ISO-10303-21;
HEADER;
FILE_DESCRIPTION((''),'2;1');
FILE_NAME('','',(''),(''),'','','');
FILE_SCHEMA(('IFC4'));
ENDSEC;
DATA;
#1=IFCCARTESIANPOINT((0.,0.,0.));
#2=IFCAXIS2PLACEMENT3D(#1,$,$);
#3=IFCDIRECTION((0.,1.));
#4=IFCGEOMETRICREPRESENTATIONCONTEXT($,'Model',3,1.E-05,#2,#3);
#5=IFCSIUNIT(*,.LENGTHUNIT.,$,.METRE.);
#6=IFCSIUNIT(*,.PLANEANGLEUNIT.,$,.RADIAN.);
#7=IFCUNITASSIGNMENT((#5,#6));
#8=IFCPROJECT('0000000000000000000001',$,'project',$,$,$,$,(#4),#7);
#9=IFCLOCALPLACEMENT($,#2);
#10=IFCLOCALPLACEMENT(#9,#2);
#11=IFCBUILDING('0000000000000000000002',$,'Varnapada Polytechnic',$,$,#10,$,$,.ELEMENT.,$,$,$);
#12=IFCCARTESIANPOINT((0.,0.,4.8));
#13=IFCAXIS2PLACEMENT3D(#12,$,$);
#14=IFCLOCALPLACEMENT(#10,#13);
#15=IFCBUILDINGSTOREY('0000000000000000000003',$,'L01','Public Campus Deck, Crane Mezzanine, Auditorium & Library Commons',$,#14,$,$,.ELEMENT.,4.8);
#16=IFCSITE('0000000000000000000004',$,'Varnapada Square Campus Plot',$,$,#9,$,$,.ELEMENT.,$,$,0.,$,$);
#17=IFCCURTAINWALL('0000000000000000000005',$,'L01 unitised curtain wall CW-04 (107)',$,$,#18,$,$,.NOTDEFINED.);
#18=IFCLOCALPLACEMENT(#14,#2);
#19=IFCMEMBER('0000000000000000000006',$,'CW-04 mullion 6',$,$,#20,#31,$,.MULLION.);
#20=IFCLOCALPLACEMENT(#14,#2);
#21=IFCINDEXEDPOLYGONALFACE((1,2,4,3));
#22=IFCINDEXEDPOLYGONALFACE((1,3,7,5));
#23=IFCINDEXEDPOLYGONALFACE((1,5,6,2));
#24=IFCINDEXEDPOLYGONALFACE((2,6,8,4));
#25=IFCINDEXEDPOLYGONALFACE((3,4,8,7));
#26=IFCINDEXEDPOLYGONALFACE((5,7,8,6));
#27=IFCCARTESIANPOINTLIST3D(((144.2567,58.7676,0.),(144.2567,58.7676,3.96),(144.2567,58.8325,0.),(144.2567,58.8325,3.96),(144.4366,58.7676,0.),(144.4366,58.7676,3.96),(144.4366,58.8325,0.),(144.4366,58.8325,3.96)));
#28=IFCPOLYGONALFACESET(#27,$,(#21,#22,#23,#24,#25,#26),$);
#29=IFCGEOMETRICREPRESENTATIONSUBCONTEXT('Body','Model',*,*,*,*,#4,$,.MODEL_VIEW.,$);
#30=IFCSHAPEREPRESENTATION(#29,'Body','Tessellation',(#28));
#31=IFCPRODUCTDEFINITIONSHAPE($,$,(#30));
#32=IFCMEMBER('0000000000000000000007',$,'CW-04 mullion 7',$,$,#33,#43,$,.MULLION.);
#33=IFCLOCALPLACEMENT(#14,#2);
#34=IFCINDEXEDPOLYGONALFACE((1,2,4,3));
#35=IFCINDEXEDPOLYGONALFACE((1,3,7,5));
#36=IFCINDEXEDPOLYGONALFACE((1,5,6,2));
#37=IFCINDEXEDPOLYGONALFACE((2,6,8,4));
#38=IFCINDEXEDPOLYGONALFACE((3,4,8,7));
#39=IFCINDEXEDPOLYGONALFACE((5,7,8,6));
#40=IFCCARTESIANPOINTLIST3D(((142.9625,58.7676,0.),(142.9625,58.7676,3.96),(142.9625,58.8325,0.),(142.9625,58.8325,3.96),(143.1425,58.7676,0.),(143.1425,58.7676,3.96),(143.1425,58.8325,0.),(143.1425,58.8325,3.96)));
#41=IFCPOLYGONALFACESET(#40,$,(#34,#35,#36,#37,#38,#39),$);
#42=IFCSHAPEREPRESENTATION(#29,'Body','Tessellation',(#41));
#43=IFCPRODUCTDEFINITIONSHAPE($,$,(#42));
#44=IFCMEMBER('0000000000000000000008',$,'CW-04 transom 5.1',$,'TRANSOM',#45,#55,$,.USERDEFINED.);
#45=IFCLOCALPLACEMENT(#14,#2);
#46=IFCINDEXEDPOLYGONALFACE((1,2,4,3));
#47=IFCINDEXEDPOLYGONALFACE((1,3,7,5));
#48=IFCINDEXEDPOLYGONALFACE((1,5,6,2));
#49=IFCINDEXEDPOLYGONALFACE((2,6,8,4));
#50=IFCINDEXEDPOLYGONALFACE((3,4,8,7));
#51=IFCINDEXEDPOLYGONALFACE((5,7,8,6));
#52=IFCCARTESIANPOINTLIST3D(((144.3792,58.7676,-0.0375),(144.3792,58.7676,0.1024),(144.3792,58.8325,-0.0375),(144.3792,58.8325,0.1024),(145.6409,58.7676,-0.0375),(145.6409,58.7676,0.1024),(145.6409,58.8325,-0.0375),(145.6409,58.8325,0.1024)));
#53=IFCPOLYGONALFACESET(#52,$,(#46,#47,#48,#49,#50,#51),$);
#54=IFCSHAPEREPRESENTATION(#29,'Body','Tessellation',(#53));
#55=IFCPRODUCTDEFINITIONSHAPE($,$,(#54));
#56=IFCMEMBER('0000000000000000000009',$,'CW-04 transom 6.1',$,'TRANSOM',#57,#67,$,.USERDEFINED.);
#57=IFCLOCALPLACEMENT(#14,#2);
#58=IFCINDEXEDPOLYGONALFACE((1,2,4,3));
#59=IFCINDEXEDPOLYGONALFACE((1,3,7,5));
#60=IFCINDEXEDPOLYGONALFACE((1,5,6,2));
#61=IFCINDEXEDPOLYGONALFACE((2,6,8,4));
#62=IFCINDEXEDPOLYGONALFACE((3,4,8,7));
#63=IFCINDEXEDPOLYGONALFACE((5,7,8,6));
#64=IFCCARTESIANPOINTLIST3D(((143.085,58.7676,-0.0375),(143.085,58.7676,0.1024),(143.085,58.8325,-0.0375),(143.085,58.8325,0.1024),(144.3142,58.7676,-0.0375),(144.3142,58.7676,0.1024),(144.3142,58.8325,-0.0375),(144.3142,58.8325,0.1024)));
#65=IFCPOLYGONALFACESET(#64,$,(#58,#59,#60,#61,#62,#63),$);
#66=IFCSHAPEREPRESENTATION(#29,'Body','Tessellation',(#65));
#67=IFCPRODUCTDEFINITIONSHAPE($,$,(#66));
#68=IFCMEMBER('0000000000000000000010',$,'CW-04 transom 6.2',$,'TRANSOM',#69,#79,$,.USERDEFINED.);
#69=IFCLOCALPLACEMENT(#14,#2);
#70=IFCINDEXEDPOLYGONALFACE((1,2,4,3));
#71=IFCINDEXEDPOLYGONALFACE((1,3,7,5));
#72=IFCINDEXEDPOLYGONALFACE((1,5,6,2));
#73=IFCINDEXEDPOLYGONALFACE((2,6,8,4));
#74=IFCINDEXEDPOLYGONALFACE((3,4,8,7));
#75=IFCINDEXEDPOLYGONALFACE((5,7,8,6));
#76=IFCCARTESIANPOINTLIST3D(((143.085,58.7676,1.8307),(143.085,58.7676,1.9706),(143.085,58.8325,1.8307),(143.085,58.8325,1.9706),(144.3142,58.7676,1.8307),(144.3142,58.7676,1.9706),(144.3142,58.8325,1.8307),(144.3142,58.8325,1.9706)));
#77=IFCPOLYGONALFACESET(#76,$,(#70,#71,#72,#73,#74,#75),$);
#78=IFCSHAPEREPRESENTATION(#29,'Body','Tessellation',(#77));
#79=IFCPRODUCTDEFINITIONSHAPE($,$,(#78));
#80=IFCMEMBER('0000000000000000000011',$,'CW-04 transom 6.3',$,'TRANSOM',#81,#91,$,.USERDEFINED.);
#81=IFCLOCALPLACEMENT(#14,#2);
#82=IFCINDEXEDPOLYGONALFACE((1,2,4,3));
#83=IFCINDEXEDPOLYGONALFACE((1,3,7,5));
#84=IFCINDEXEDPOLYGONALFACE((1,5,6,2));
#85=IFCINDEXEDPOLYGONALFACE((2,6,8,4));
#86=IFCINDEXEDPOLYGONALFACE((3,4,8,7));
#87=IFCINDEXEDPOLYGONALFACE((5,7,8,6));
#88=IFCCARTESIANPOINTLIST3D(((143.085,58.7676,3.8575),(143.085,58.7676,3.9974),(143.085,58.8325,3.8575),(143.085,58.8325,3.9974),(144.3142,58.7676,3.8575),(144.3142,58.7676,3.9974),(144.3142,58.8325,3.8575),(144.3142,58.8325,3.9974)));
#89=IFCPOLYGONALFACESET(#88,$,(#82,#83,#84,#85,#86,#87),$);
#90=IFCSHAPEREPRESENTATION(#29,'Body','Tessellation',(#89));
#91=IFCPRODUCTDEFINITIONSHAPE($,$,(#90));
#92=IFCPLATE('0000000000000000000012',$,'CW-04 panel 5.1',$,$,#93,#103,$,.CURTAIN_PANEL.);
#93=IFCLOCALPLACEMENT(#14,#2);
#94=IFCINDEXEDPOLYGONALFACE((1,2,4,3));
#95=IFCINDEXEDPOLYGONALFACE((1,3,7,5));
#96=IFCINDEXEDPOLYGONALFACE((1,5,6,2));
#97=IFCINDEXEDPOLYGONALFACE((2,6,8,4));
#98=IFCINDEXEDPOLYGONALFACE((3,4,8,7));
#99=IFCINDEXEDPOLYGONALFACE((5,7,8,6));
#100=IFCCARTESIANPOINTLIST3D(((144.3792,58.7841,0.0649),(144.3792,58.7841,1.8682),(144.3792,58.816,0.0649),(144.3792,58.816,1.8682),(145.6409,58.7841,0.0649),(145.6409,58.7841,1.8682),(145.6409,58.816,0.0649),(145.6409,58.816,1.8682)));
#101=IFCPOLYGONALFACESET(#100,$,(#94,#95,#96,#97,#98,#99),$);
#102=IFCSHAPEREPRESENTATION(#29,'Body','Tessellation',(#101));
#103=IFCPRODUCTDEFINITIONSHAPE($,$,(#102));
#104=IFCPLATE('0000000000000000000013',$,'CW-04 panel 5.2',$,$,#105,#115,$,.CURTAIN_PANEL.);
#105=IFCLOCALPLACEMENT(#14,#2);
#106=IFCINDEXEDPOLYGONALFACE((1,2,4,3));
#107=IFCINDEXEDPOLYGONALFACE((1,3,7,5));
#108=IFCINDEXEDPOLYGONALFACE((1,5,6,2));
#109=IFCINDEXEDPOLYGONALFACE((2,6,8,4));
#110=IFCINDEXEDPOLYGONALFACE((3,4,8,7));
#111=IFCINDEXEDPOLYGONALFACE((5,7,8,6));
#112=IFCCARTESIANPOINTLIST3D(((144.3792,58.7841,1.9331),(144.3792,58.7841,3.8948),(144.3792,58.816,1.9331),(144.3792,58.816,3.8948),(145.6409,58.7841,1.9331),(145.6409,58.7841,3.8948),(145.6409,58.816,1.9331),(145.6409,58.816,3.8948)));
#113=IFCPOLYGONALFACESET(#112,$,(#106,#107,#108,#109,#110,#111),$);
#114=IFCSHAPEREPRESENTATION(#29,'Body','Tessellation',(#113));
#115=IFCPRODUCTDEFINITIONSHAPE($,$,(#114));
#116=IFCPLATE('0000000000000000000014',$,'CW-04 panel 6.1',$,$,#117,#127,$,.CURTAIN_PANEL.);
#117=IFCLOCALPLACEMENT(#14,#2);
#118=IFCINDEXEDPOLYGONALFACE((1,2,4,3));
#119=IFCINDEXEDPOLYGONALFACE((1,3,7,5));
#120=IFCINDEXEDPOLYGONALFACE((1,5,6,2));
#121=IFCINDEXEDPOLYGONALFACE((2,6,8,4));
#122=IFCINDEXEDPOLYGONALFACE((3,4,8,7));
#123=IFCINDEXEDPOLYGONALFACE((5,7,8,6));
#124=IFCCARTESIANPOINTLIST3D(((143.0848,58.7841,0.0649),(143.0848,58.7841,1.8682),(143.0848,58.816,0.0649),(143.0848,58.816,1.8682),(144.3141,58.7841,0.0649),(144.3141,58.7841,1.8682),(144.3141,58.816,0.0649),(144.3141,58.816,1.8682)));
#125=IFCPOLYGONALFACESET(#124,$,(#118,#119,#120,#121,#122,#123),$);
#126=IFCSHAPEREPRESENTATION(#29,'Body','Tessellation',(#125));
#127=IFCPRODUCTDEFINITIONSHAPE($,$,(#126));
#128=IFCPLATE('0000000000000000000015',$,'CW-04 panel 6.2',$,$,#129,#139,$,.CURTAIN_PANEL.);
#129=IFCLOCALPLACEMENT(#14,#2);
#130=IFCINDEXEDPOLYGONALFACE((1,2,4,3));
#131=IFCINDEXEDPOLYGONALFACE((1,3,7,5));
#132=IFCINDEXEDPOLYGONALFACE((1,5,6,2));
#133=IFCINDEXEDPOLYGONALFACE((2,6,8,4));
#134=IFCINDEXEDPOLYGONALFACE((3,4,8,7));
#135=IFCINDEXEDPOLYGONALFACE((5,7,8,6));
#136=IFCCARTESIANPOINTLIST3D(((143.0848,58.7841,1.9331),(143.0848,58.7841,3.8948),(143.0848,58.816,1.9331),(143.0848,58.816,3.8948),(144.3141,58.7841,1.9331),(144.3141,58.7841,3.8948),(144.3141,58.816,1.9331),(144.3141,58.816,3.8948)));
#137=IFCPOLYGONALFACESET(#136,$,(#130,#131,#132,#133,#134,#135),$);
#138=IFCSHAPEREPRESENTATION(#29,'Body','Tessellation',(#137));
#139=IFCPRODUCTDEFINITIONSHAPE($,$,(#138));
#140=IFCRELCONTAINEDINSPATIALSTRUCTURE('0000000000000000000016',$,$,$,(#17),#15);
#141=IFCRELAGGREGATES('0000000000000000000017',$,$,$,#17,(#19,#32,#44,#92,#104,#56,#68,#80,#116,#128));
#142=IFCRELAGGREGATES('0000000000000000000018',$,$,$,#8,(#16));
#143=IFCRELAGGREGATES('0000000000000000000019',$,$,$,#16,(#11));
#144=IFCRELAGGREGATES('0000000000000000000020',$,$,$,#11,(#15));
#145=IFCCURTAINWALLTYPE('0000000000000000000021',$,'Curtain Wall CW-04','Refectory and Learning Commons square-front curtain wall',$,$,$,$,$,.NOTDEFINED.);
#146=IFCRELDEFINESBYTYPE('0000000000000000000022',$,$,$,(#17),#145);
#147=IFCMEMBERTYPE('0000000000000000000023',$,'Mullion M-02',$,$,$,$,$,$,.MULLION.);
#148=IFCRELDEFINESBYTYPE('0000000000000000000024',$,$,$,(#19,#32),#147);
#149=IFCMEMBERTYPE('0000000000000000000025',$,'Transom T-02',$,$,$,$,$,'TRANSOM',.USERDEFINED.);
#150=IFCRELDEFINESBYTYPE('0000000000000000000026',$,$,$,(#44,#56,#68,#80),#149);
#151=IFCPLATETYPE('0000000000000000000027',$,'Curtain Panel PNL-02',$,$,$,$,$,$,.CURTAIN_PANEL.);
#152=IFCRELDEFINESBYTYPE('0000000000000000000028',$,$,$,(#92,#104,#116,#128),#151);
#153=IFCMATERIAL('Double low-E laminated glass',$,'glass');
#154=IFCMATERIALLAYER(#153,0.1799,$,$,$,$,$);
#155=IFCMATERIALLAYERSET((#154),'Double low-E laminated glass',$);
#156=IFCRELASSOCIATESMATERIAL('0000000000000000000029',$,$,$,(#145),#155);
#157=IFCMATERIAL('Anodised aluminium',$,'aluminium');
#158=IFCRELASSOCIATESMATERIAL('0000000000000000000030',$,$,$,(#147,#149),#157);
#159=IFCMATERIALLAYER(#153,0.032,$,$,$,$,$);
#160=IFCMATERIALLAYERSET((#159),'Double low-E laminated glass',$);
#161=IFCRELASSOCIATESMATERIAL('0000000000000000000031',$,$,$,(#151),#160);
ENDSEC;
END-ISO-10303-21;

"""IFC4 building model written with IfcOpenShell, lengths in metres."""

from ifc_helpers import new_model, si_unit, direction, frame, origin, origin_2d, place, context, subcontext, project, spatial, rectangle, extrude, material, layer, layer_set, material_profile, profile_set, type_object, element, aggregate, save


model = new_model("IFC4")

# Units and contexts
model_context = context("Model", 3, precision=1e-05, world=origin(), true_north=direction((0.0, 1.0)))
body_context = subcontext(model_context, "Body", "Model", "MODEL_VIEW")
ifc_project = project(units=[si_unit("LENGTHUNIT", "METRE"), si_unit("PLANEANGLEUNIT", "RADIAN")], contexts=[model_context])

# Site, building, storey
site_placement = place(None, origin())
site = spatial("IfcSite", under=ifc_project, at=site_placement, Name="Varnapada Square Campus Plot", CompositionType="ELEMENT", RefElevation=0.0)
building_placement = place(site_placement, origin())
building = spatial("IfcBuilding", under=site, at=building_placement, Name="Varnapada Polytechnic", CompositionType="ELEMENT")
storey_placement = place(building_placement, frame((0.0, 0.0, 4.8)))
storey = spatial("IfcBuildingStorey", under=building, at=storey_placement, Name="L01", Description="Public Campus Deck, Crane Mezzanine, Auditorium & Library Commons", CompositionType="ELEMENT", Elevation=4.8)

# Curtain wall, members, plates
ifc_material_1 = material(Name="Double low-E laminated glass", Category="glass")
ifc_layer_1 = layer(ifc_material_1, 0.1799)
ifc_layer_set_1 = layer_set([ifc_layer_1], Name="Double low-E laminated glass")
curtain_wall_type = type_object("IfcCurtainWallType", Name="Curtain Wall CW-04", Description="Refectory and Learning Commons square-front curtain wall", PredefinedType="NOTDEFINED", material=ifc_layer_set_1)
curtain_wall_placement = place(storey_placement, origin())
curtain_wall = element("IfcCurtainWall", 1, at=curtain_wall_placement, inside=storey, type_object=curtain_wall_type, Name="L01 unitised curtain wall CW-04 (107)", PredefinedType="NOTDEFINED")
ifc_material_2 = material(Name="Anodised aluminium", Category="aluminium")
ifc_material_profile_1 = material_profile(ifc_material_2, rectangle(XDim=0.0649, YDim=0.1799, at=origin_2d()), Name="ALU M65x180")
ifc_profile_set_1 = profile_set([ifc_material_profile_1], Name="Anodised aluminium")
member_type_1 = type_object("IfcMemberType", Name="Mullion M-02", PredefinedType="MULLION", material=ifc_profile_set_1)
member_1_placement = place(storey_placement, frame((144.3467, 58.8, 0.0), z_axis=(0.0, 0.0, 1.0), x_axis=(0.0, -1.0, 0.0)))
member_1 = element("IfcMember", 2, at=member_1_placement, type_object=member_type_1, Name="CW-04 mullion 6", PredefinedType="MULLION", context=body_context, shape_type="SweptSolid", body=[
    extrude(rectangle(XDim=0.0649, YDim=0.1799, at=origin_2d()), origin(), (0.0, 0.0, 1.0), 3.96),
])
member_2_placement = place(storey_placement, frame((143.0525, 58.8, 0.0), z_axis=(0.0, 0.0, 1.0), x_axis=(0.0, -1.0, 0.0)))
member_2 = element("IfcMember", 3, at=member_2_placement, type_object=member_type_1, Name="CW-04 mullion 7", PredefinedType="MULLION", context=body_context, shape_type="SweptSolid", body=[
    extrude(rectangle(XDim=0.0649, YDim=0.1799, at=origin_2d()), origin(), (0.0, 0.0, 1.0), 3.96),
])
ifc_material_profile_2 = material_profile(ifc_material_2, rectangle(XDim=0.0649, YDim=0.1399, at=origin_2d()), Name="ALU T65x140")
ifc_profile_set_2 = profile_set([ifc_material_profile_2], Name="Anodised aluminium")
member_type_2 = type_object("IfcMemberType", Name="Transom T-02", ElementType="TRANSOM", PredefinedType="USERDEFINED", material=ifc_profile_set_2)
member_3_placement = place(storey_placement, frame((145.6409, 58.8, 0.0325), z_axis=(-1.0, 0.0, 0.0), x_axis=(0.0, -1.0, 0.0)))
member_3 = element("IfcMember", 4, at=member_3_placement, type_object=member_type_2, Name="CW-04 transom 5.1", ObjectType="TRANSOM", PredefinedType="USERDEFINED", context=body_context, shape_type="SweptSolid", body=[
    extrude(rectangle(XDim=0.0649, YDim=0.1399, at=origin_2d()), origin(), (0.0, 0.0, 1.0), 1.2617),
])
member_4_placement = place(storey_placement, frame((144.3142, 58.8, 0.0325), z_axis=(-1.0, 0.0, 0.0), x_axis=(0.0, -1.0, 0.0)))
member_4 = element("IfcMember", 5, at=member_4_placement, type_object=member_type_2, Name="CW-04 transom 6.1", ObjectType="TRANSOM", PredefinedType="USERDEFINED", context=body_context, shape_type="SweptSolid", body=[
    extrude(rectangle(XDim=0.0649, YDim=0.1399, at=origin_2d()), origin(), (0.0, 0.0, 1.0), 1.2292),
])
member_5_placement = place(storey_placement, frame((144.3142, 58.8, 1.9006), z_axis=(-1.0, 0.0, 0.0), x_axis=(0.0, -1.0, 0.0)))
member_5 = element("IfcMember", 6, at=member_5_placement, type_object=member_type_2, Name="CW-04 transom 6.2", ObjectType="TRANSOM", PredefinedType="USERDEFINED", context=body_context, shape_type="SweptSolid", body=[
    extrude(rectangle(XDim=0.0649, YDim=0.1399, at=origin_2d()), origin(), (0.0, 0.0, 1.0), 1.2292),
])
member_6_placement = place(storey_placement, frame((144.3142, 58.8, 3.9275), z_axis=(-1.0, 0.0, 0.0), x_axis=(0.0, -1.0, 0.0)))
member_6 = element("IfcMember", 7, at=member_6_placement, type_object=member_type_2, Name="CW-04 transom 6.3", ObjectType="TRANSOM", PredefinedType="USERDEFINED", context=body_context, shape_type="SweptSolid", body=[
    extrude(rectangle(XDim=0.0649, YDim=0.1399, at=origin_2d()), origin(), (0.0, 0.0, 1.0), 1.2292),
])
ifc_layer_2 = layer(ifc_material_1, 0.032)
ifc_layer_set_2 = layer_set([ifc_layer_2], Name="Double low-E laminated glass")
plate_type = type_object("IfcPlateType", Name="Curtain Panel PNL-02", PredefinedType="CURTAIN_PANEL", material=ifc_layer_set_2)
plate_1_placement = place(storey_placement, frame((145.01, 58.8, 0.0649), z_axis=(0.0, 0.0, 1.0), x_axis=(-1.0, 0.0, 0.0)))
plate_1 = element("IfcPlate", 8, at=plate_1_placement, type_object=plate_type, Name="CW-04 panel 5.1", PredefinedType="CURTAIN_PANEL", context=body_context, shape_type="SweptSolid", body=[
    extrude(rectangle(XDim=1.2617, YDim=0.032, at=origin_2d()), origin(), (0.0, 0.0, 1.0), 1.8032),
])
plate_2_placement = place(storey_placement, frame((145.01, 58.8, 1.9331), z_axis=(0.0, 0.0, 1.0), x_axis=(-1.0, 0.0, 0.0)))
plate_2 = element("IfcPlate", 9, at=plate_2_placement, type_object=plate_type, Name="CW-04 panel 5.2", PredefinedType="CURTAIN_PANEL", context=body_context, shape_type="SweptSolid", body=[
    extrude(rectangle(XDim=1.2617, YDim=0.032, at=origin_2d()), origin(), (0.0, 0.0, 1.0), 1.9617),
])
plate_3_placement = place(storey_placement, frame((143.6995, 58.8, 0.0649), z_axis=(0.0, 0.0, 1.0), x_axis=(-1.0, 0.0, 0.0)))
plate_3 = element("IfcPlate", 10, at=plate_3_placement, type_object=plate_type, Name="CW-04 panel 6.1", PredefinedType="CURTAIN_PANEL", context=body_context, shape_type="SweptSolid", body=[
    extrude(rectangle(XDim=1.2292, YDim=0.032, at=origin_2d()), origin(), (0.0, 0.0, 1.0), 1.8032),
])
plate_4_placement = place(storey_placement, frame((143.6995, 58.8, 1.9331), z_axis=(0.0, 0.0, 1.0), x_axis=(-1.0, 0.0, 0.0)))
plate_4 = element("IfcPlate", 11, at=plate_4_placement, type_object=plate_type, Name="CW-04 panel 6.2", PredefinedType="CURTAIN_PANEL", context=body_context, shape_type="SweptSolid", body=[
    extrude(rectangle(XDim=1.2292, YDim=0.032, at=origin_2d()), origin(), (0.0, 0.0, 1.0), 1.9617),
])
aggregate(curtain_wall, [member_1, member_2, member_3, plate_1, plate_2, member_4, member_5, member_6, plate_3, plate_4])

save(model, "model.ifc")
